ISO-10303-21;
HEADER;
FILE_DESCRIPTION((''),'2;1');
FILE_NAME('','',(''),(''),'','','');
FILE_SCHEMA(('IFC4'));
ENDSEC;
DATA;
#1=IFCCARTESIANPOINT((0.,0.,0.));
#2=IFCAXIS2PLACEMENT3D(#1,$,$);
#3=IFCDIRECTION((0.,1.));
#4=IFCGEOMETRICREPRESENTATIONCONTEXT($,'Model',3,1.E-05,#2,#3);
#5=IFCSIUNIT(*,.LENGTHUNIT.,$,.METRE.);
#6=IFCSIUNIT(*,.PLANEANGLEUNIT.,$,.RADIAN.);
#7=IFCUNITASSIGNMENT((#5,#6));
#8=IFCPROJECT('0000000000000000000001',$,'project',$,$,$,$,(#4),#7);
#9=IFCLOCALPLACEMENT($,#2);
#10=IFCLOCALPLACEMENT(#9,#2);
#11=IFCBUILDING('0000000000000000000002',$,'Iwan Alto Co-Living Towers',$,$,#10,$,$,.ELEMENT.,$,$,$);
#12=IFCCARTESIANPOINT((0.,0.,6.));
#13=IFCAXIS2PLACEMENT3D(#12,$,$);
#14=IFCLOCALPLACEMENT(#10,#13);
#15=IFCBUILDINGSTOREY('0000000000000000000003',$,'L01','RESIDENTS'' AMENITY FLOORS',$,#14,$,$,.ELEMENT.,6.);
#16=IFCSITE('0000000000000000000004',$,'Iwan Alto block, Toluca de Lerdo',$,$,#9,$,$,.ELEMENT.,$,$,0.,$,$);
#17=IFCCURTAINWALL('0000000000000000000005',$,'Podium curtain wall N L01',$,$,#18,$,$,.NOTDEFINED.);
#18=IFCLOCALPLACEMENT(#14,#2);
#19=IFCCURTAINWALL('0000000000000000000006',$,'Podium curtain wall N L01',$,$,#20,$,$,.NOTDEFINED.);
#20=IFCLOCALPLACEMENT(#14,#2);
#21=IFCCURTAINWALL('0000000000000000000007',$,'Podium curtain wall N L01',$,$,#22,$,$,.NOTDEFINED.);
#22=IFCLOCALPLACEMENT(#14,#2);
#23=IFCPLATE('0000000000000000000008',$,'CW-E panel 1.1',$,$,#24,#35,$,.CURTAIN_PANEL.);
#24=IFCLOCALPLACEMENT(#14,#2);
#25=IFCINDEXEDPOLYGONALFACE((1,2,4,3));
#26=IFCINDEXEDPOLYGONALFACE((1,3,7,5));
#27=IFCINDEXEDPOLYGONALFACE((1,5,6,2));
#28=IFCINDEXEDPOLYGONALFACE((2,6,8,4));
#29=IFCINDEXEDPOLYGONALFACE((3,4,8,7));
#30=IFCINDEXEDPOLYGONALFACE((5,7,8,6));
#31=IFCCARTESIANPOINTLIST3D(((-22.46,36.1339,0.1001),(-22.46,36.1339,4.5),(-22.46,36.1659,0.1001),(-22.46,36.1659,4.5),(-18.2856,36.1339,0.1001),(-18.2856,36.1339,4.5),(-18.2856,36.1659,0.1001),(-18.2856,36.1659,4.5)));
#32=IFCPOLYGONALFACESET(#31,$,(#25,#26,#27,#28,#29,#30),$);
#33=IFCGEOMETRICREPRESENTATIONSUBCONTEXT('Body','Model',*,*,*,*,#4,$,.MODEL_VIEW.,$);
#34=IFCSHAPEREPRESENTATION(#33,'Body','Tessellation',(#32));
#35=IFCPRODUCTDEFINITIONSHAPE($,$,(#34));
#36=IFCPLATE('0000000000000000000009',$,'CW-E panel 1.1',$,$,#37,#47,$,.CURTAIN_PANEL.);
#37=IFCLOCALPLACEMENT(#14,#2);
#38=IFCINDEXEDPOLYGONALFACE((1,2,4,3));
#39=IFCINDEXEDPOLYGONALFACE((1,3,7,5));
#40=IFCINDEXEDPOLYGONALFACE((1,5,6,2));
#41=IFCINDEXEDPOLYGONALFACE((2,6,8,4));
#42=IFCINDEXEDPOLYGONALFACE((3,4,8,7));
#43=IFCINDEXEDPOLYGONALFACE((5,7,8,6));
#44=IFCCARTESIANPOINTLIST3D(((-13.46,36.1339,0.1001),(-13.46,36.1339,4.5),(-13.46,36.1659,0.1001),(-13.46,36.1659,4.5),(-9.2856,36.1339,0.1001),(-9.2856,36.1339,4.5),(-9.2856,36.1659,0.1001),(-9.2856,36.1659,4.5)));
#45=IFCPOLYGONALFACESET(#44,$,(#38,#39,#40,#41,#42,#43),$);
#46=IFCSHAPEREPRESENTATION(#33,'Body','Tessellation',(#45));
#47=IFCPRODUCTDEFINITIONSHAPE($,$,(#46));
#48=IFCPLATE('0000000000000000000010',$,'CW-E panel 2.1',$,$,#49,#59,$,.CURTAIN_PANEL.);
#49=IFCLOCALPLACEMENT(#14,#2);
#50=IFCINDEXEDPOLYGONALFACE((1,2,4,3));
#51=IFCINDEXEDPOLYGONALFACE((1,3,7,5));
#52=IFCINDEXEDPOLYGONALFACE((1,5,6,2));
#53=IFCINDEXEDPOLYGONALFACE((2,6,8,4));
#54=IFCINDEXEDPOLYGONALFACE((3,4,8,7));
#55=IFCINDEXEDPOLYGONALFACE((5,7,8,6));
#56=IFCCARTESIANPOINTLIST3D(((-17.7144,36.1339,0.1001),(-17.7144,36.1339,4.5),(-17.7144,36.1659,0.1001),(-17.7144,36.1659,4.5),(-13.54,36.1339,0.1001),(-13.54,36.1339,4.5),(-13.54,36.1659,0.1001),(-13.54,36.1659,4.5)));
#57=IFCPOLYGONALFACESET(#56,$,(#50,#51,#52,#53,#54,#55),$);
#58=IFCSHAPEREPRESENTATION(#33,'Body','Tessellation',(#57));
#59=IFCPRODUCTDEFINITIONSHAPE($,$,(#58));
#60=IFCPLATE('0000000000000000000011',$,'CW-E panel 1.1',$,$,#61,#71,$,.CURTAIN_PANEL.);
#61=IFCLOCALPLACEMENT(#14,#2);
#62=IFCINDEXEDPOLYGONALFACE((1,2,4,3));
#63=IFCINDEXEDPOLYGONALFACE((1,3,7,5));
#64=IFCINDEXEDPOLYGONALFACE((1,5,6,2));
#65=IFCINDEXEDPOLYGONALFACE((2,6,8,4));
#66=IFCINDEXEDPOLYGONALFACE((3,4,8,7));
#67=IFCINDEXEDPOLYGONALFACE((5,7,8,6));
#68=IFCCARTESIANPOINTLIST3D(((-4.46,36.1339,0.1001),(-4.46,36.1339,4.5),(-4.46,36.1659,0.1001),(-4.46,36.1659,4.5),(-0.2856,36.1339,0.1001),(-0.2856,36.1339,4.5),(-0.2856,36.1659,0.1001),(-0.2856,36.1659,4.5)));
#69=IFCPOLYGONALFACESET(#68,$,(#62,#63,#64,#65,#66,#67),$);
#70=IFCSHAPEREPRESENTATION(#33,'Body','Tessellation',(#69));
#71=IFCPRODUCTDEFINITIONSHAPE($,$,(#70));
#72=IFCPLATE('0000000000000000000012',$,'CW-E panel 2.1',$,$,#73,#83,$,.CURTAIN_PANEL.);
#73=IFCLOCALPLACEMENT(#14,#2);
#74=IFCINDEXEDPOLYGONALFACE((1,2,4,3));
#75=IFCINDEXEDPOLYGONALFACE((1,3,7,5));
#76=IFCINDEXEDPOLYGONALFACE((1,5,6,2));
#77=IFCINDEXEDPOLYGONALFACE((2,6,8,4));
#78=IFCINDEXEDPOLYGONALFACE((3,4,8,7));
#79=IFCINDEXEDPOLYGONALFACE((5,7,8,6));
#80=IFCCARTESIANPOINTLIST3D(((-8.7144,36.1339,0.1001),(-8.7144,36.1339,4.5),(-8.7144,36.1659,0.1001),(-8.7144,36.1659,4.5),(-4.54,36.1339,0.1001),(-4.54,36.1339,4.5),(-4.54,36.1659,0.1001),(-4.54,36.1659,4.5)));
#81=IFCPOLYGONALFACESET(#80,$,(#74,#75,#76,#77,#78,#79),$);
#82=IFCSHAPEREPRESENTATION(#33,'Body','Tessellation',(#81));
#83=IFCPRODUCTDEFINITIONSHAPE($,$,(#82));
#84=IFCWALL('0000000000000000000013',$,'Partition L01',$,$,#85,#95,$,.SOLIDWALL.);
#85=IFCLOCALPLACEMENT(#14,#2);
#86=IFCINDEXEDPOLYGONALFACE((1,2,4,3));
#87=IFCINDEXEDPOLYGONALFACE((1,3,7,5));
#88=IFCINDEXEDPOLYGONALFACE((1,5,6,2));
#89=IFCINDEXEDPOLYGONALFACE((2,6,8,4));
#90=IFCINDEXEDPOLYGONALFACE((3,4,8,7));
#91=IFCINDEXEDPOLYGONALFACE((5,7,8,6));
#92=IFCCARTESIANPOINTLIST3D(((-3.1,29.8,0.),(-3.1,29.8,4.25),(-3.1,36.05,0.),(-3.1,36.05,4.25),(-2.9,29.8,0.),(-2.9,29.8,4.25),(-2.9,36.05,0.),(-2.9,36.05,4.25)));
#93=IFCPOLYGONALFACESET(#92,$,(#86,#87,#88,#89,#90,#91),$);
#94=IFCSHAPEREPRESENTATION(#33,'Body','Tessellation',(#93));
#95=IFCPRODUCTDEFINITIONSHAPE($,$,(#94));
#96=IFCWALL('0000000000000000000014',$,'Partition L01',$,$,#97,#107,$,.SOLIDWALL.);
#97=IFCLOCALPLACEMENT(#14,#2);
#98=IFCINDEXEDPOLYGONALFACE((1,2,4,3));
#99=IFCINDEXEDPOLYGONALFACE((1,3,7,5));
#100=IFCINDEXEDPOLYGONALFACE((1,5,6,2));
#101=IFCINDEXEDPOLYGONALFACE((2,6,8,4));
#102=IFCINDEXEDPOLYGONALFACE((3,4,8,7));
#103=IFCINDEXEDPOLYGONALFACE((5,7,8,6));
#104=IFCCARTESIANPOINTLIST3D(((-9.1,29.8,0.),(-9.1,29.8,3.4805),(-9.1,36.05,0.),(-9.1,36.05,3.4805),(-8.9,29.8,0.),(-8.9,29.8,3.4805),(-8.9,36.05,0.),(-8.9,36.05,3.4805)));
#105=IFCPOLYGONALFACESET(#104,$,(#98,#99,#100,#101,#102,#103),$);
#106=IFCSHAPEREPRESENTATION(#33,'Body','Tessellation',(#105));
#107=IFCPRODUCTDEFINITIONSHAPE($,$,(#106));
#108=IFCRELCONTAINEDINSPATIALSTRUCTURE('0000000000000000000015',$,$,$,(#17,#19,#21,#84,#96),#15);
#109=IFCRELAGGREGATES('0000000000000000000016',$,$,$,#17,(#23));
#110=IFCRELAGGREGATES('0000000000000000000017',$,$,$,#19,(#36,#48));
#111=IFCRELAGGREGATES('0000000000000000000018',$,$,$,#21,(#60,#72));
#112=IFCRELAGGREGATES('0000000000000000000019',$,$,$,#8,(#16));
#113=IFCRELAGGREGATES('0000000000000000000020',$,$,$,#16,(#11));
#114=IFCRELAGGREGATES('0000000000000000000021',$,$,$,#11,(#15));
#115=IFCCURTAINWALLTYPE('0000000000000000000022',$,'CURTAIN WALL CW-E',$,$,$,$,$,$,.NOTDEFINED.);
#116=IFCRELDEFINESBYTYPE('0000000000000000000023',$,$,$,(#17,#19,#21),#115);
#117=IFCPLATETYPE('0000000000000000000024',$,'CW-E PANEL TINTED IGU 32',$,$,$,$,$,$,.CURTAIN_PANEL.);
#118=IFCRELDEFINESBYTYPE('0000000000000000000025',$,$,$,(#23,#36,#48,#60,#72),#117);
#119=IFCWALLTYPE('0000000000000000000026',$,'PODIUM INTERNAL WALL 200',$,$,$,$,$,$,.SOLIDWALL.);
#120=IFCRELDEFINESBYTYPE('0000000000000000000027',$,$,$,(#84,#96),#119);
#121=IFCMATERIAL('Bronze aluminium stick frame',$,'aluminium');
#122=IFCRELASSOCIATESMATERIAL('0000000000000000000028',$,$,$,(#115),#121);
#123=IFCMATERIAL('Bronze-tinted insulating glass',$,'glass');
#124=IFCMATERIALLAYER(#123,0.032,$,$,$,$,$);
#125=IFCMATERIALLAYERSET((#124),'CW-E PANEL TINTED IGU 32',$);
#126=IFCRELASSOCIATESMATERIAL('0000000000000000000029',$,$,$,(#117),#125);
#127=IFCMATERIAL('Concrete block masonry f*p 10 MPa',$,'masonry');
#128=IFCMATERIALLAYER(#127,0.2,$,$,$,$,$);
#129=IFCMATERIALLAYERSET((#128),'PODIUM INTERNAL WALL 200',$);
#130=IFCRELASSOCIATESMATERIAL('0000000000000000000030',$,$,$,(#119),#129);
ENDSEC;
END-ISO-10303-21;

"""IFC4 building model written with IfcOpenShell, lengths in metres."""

from ifc_helpers import new_model, si_unit, direction, frame, frame_2d, origin, origin_2d, place, context, subcontext, project, spatial, rectangle, extrude, material, layer, layer_set, type_object, element, aggregate, save


model = new_model("IFC4")

# Units and contexts
model_context = context("Model", 3, precision=1e-05, world=origin(), true_north=direction((0.0, 1.0)))
body_context = subcontext(model_context, "Body", "Model", "MODEL_VIEW")
ifc_project = project(units=[si_unit("LENGTHUNIT", "METRE"), si_unit("PLANEANGLEUNIT", "RADIAN")], contexts=[model_context])

# Site, building, storey
site_placement = place(None, origin())
site = spatial("IfcSite", under=ifc_project, at=site_placement, Name="Iwan Alto block, Toluca de Lerdo", CompositionType="ELEMENT", RefElevation=0.0)
building_placement = place(site_placement, origin())
building = spatial("IfcBuilding", under=site, at=building_placement, Name="Iwan Alto Co-Living Towers", CompositionType="ELEMENT")
storey_placement = place(building_placement, frame((0.0, 0.0, 6.0)))
storey = spatial("IfcBuildingStorey", under=building, at=storey_placement, Name="L01", Description="RESIDENTS' AMENITY FLOORS", CompositionType="ELEMENT", Elevation=6.0)

# Curtain wall
ifc_material_1 = material(Name="Bronze aluminium stick frame", Category="aluminium")
curtain_wall_type = type_object("IfcCurtainWallType", Name="CURTAIN WALL CW-E", PredefinedType="NOTDEFINED", material=ifc_material_1)
curtain_wall_1_placement = place(storey_placement, origin())
curtain_wall_1 = element("IfcCurtainWall", 1, at=curtain_wall_1_placement, inside=storey, type_object=curtain_wall_type, Name="Podium curtain wall N L01", PredefinedType="NOTDEFINED")

# Curtain walls
curtain_wall_2_placement = place(storey_placement, origin())
curtain_wall_2 = element("IfcCurtainWall", 2, at=curtain_wall_2_placement, inside=storey, type_object=curtain_wall_type, Name="Podium curtain wall N L01", PredefinedType="NOTDEFINED")
curtain_wall_3_placement = place(storey_placement, origin())
curtain_wall_3 = element("IfcCurtainWall", 3, at=curtain_wall_3_placement, inside=storey, type_object=curtain_wall_type, Name="Podium curtain wall N L01", PredefinedType="NOTDEFINED")

# Plates
ifc_material_2 = material(Name="Bronze-tinted insulating glass", Category="glass")
ifc_layer_1 = layer(ifc_material_2, 0.032)
ifc_layer_set_1 = layer_set([ifc_layer_1], Name="CW-E PANEL TINTED IGU 32")
plate_type = type_object("IfcPlateType", Name="CW-E PANEL TINTED IGU 32", PredefinedType="CURTAIN_PANEL", material=ifc_layer_set_1)
plate_1_placement = place(storey_placement, frame((-20.3728, 36.1499, 0.1001), z_axis=(0.0, 0.0, 1.0), x_axis=(-1.0, 0.0, 0.0)))
plate_1 = element("IfcPlate", 4, at=plate_1_placement, type_object=plate_type, Name="CW-E panel 1.1", PredefinedType="CURTAIN_PANEL", context=body_context, shape_type="SweptSolid", body=[
    extrude(rectangle(XDim=4.1743, YDim=0.032, at=origin_2d()), origin(), (0.0, 0.0, 1.0), 4.3999),
])
aggregate(curtain_wall_1, [plate_1])
plate_2_placement = place(storey_placement, frame((-11.3728, 36.1499, 0.1001), z_axis=(0.0, 0.0, 1.0), x_axis=(-1.0, 0.0, 0.0)))
plate_2 = element("IfcPlate", 5, at=plate_2_placement, type_object=plate_type, Name="CW-E panel 1.1", PredefinedType="CURTAIN_PANEL", context=body_context, shape_type="SweptSolid", body=[
    extrude(rectangle(XDim=4.1743, YDim=0.032, at=origin_2d()), origin(), (0.0, 0.0, 1.0), 4.3999),
])
plate_3_placement = place(storey_placement, frame((-15.6272, 36.1499, 0.1001), z_axis=(0.0, 0.0, 1.0), x_axis=(-1.0, 0.0, 0.0)))
plate_3 = element("IfcPlate", 6, at=plate_3_placement, type_object=plate_type, Name="CW-E panel 2.1", PredefinedType="CURTAIN_PANEL", context=body_context, shape_type="SweptSolid", body=[
    extrude(rectangle(XDim=4.1743, YDim=0.032, at=origin_2d()), origin(), (0.0, 0.0, 1.0), 4.3999),
])
aggregate(curtain_wall_2, [plate_2, plate_3])
plate_4_placement = place(storey_placement, frame((-2.3728, 36.1499, 0.1001), z_axis=(0.0, 0.0, 1.0), x_axis=(-1.0, 0.0, 0.0)))
plate_4 = element("IfcPlate", 7, at=plate_4_placement, type_object=plate_type, Name="CW-E panel 1.1", PredefinedType="CURTAIN_PANEL", context=body_context, shape_type="SweptSolid", body=[
    extrude(rectangle(XDim=4.1743, YDim=0.032, at=origin_2d()), origin(), (0.0, 0.0, 1.0), 4.3999),
])
plate_5_placement = place(storey_placement, frame((-6.6272, 36.1499, 0.1001), z_axis=(0.0, 0.0, 1.0), x_axis=(-1.0, 0.0, 0.0)))
plate_5 = element("IfcPlate", 8, at=plate_5_placement, type_object=plate_type, Name="CW-E panel 2.1", PredefinedType="CURTAIN_PANEL", context=body_context, shape_type="SweptSolid", body=[
    extrude(rectangle(XDim=4.1743, YDim=0.032, at=origin_2d()), origin(), (0.0, 0.0, 1.0), 4.3999),
])
aggregate(curtain_wall_3, [plate_4, plate_5])

# Walls
ifc_material_3 = material(Name="Concrete block masonry f*p 10 MPa", Category="masonry")
ifc_layer_2 = layer(ifc_material_3, 0.2)
ifc_layer_set_2 = layer_set([ifc_layer_2], Name="PODIUM INTERNAL WALL 200")
wall_type = type_object("IfcWallType", Name="PODIUM INTERNAL WALL 200", PredefinedType="SOLIDWALL", material=ifc_layer_set_2)
wall_1_placement = place(storey_placement, frame((-3.0, 29.8, 0.0), z_axis=(0.0, 0.0, 1.0), x_axis=(0.0, 1.0, 0.0)))
element("IfcWall", 9, at=wall_1_placement, inside=storey, type_object=wall_type, Name="Partition L01", PredefinedType="SOLIDWALL", context=body_context, shape_type="SweptSolid", body=[
    extrude(rectangle(XDim=6.25, YDim=0.2, at=frame_2d((3.125, 0.0))), origin(), (0.0, 0.0, 1.0), 4.25),
])
wall_2_placement = place(storey_placement, frame((-9.0, 29.8, 0.0), z_axis=(0.0, 0.0, 1.0), x_axis=(0.0, 1.0, 0.0)))
element("IfcWall", 10, at=wall_2_placement, inside=storey, type_object=wall_type, Name="Partition L01", PredefinedType="SOLIDWALL", context=body_context, shape_type="SweptSolid", body=[
    extrude(rectangle(XDim=6.25, YDim=0.2, at=frame_2d((3.125, 0.0))), origin(), (0.0, 0.0, 1.0), 3.4805),
])

save(model, "model.ifc")
